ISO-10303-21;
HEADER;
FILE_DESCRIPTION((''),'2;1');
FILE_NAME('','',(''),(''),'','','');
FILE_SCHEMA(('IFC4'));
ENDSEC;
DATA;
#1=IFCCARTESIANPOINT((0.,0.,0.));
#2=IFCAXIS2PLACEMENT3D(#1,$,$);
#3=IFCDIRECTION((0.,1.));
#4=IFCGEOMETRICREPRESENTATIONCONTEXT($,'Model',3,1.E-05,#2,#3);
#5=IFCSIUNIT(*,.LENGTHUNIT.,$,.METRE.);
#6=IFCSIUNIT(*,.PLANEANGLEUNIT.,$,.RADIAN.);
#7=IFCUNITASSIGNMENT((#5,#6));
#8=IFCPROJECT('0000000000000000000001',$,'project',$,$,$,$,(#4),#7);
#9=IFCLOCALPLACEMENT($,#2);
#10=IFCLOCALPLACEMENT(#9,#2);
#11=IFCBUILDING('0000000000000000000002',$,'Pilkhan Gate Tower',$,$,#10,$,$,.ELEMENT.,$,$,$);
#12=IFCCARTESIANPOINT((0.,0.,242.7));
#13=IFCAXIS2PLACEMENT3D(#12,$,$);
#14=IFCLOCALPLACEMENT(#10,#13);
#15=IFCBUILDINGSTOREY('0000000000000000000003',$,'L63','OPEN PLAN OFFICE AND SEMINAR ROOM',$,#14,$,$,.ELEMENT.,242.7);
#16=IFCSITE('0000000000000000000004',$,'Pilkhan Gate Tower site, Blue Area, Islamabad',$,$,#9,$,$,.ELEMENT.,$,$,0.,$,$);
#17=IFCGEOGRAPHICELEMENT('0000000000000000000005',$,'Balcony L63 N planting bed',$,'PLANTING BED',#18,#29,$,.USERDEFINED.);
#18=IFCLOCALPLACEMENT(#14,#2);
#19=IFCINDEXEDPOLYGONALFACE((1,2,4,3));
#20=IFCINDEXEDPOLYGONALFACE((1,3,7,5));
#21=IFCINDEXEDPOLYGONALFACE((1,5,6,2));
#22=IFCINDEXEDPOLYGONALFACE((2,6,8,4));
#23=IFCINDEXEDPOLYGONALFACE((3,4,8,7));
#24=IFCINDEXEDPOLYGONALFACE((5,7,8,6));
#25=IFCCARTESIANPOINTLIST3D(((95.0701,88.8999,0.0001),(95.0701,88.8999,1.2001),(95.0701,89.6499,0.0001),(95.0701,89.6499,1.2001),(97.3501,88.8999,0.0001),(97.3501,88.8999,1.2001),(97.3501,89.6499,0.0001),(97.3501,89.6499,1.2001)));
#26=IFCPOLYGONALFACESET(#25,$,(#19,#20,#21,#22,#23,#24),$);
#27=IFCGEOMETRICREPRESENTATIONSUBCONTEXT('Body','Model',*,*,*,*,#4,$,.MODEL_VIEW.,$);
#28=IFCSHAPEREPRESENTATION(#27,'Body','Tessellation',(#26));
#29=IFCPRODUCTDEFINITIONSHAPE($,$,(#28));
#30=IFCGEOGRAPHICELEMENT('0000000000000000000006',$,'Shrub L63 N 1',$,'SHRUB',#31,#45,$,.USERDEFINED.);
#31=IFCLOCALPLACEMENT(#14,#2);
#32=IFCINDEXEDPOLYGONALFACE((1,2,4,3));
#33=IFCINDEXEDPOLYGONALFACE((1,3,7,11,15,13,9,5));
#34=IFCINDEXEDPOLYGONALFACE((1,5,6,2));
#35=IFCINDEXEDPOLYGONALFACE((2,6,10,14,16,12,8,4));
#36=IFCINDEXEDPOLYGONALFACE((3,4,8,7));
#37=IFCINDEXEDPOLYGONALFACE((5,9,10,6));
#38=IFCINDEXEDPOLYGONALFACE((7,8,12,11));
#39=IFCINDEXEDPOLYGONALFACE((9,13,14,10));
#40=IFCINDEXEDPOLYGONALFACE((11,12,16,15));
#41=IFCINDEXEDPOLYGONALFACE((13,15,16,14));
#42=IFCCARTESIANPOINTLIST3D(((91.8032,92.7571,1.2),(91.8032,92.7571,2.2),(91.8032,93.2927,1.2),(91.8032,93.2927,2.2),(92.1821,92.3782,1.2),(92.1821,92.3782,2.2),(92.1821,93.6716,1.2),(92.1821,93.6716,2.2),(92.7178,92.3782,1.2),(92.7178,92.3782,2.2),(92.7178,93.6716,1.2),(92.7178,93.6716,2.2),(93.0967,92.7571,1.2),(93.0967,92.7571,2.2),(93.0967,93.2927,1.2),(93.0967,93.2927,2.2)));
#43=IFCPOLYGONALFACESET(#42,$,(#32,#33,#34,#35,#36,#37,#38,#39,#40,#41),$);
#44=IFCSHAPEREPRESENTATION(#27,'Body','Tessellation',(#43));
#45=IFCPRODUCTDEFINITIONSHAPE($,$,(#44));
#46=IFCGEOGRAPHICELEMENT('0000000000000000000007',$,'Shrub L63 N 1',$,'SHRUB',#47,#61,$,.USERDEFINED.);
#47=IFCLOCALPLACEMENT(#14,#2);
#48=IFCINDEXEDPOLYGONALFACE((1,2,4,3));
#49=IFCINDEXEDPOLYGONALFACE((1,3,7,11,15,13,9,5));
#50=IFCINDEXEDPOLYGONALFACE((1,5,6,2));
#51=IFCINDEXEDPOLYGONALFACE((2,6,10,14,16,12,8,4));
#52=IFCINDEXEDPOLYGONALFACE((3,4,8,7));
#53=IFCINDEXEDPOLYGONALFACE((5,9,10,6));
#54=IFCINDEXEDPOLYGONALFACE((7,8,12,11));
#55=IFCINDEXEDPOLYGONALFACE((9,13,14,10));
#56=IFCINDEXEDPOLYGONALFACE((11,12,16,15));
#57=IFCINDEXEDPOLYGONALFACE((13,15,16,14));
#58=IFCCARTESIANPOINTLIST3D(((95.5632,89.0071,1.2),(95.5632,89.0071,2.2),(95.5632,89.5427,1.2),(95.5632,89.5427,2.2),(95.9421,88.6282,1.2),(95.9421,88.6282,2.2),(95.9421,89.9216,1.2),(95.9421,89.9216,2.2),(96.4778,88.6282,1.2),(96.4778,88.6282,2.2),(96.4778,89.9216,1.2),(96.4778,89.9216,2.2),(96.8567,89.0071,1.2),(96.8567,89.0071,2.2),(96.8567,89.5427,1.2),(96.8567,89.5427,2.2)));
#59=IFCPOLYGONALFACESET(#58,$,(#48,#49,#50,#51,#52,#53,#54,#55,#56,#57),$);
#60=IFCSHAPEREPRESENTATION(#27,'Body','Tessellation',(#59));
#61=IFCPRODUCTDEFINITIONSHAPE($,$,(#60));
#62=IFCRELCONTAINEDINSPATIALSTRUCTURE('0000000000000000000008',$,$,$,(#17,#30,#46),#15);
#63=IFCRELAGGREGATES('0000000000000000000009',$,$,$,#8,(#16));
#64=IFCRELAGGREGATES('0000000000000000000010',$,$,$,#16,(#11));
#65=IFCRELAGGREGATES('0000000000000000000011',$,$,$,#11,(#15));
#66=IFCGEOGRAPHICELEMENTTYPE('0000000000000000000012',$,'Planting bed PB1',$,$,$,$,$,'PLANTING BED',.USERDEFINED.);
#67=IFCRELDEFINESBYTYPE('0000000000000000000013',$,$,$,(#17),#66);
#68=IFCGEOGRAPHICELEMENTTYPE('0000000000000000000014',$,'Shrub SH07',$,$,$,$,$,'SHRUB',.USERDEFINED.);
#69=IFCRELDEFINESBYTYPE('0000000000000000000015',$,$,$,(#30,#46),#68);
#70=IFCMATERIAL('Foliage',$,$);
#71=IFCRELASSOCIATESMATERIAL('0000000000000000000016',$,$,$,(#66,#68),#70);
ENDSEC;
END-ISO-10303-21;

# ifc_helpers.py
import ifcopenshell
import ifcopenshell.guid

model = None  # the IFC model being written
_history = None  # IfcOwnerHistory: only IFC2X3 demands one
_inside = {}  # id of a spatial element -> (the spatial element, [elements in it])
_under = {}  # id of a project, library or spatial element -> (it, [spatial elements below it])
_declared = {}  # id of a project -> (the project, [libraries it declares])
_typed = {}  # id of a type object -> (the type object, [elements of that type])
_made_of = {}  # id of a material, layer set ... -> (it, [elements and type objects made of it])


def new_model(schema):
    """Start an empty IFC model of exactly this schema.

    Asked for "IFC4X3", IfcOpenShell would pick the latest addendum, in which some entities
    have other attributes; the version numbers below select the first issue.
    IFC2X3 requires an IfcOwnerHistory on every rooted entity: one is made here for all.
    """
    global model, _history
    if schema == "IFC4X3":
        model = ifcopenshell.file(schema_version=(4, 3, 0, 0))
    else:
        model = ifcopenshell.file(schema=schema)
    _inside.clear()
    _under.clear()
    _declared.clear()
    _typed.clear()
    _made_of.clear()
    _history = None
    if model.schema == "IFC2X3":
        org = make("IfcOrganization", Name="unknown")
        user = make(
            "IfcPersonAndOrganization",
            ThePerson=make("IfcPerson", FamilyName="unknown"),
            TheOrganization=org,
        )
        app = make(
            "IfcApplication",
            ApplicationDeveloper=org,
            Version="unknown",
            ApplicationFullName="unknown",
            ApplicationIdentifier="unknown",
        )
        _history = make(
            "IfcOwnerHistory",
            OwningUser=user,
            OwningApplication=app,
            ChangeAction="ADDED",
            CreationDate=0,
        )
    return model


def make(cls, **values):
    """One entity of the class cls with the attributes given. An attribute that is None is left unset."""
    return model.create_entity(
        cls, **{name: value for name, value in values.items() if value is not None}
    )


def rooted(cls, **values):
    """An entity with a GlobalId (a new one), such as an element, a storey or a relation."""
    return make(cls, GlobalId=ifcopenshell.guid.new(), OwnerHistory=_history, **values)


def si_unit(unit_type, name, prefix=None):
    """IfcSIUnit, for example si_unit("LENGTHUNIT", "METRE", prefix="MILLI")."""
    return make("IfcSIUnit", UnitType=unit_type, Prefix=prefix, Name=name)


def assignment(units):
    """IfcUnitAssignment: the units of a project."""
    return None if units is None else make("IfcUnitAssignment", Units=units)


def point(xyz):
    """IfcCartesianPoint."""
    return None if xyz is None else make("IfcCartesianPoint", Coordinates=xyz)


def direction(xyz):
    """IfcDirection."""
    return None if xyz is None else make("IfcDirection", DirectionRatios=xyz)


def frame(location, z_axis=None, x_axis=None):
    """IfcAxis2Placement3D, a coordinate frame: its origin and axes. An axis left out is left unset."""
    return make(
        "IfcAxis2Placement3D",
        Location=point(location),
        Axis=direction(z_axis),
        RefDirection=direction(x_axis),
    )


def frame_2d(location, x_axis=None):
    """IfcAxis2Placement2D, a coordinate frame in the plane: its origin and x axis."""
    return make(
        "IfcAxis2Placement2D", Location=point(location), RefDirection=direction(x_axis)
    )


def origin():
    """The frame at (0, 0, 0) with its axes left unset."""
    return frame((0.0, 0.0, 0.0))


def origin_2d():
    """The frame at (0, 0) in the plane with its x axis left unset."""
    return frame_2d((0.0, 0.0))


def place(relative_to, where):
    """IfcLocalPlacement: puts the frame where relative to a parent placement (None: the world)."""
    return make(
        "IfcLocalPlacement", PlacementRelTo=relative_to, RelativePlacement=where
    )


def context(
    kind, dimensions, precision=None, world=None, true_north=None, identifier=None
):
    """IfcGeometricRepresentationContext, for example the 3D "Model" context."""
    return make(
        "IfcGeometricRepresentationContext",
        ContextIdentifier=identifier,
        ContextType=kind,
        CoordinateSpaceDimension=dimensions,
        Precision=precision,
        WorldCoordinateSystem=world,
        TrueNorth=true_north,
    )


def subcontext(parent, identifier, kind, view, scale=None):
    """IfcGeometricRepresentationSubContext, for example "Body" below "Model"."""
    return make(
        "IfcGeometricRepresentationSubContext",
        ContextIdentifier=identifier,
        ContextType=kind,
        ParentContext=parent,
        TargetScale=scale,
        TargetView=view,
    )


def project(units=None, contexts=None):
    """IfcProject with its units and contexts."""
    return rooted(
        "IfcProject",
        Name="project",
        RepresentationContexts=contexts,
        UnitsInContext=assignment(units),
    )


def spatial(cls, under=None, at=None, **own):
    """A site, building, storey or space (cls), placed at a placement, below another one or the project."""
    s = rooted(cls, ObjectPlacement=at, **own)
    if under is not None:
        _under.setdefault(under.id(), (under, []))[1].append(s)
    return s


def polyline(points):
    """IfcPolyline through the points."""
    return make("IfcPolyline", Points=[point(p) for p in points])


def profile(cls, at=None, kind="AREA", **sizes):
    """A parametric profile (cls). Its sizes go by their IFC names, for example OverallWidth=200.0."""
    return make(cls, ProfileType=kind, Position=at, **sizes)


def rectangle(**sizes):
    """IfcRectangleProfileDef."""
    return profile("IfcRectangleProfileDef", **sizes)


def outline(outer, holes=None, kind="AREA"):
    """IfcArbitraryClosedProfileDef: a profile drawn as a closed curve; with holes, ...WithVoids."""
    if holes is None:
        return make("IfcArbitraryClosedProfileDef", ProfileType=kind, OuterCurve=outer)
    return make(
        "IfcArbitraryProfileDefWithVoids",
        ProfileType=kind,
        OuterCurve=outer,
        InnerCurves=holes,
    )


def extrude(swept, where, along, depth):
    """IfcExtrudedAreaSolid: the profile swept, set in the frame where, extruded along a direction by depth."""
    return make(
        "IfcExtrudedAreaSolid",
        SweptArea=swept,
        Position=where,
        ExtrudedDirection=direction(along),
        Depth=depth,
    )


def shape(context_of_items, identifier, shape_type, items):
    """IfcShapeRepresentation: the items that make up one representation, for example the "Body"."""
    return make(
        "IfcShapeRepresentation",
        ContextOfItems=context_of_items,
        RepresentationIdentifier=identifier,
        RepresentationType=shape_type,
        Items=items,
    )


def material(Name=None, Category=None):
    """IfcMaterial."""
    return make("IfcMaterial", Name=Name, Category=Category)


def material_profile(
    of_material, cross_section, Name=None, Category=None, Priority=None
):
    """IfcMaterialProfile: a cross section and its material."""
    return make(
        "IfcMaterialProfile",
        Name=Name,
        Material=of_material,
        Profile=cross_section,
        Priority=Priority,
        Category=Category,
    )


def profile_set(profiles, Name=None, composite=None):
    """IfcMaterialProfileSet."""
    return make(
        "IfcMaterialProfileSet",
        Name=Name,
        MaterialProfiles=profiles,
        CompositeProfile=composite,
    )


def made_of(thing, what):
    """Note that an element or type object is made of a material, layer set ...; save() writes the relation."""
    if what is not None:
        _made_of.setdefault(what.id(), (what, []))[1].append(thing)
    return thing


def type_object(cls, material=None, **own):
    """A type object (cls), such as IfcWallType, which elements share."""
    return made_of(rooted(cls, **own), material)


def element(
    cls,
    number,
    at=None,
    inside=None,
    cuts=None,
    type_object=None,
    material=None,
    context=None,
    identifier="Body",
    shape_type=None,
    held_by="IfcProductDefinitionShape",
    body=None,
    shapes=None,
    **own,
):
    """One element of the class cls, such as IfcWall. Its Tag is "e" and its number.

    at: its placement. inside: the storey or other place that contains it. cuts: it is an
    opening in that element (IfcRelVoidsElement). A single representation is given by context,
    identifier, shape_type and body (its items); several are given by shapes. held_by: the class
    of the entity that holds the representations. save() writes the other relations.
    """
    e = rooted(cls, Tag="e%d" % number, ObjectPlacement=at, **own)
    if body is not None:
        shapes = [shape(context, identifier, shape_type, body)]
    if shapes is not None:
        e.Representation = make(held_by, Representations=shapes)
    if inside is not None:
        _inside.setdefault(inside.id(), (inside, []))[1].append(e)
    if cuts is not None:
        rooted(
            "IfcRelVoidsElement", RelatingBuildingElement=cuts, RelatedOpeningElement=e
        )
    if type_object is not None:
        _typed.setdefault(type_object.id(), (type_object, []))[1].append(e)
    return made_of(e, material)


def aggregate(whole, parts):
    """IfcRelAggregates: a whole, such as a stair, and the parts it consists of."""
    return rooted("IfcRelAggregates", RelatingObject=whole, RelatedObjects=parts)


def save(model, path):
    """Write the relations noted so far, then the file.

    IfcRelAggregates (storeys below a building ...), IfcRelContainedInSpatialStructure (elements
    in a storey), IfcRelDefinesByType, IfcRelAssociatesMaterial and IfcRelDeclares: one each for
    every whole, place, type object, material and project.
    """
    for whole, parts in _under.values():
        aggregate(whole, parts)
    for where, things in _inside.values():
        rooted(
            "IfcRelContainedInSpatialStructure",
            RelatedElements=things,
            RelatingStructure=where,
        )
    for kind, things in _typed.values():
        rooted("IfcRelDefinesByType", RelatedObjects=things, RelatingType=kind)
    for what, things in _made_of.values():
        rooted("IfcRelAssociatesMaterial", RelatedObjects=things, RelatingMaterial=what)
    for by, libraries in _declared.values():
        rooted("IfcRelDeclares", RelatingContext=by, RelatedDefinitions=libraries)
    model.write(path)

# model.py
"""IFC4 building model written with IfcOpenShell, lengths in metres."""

from ifc_helpers import new_model, si_unit, direction, frame, origin, origin_2d, place, context, subcontext, project, spatial, polyline, rectangle, outline, extrude, material, material_profile, profile_set, type_object, element, save


model = new_model("IFC4")

# Units and contexts
model_context = context("Model", 3, precision=1e-05, world=origin(), true_north=direction((0.0, 1.0)))
body_context = subcontext(model_context, "Body", "Model", "MODEL_VIEW")
ifc_project = project(units=[si_unit("LENGTHUNIT", "METRE"), si_unit("PLANEANGLEUNIT", "RADIAN")], contexts=[model_context])

# Site, building, storey
site_placement = place(None, origin())
site = spatial("IfcSite", under=ifc_project, at=site_placement, Name="Pilkhan Gate Tower site, Blue Area, Islamabad", CompositionType="ELEMENT", RefElevation=0.0)
building_placement = place(site_placement, origin())
building = spatial("IfcBuilding", under=site, at=building_placement, Name="Pilkhan Gate Tower", CompositionType="ELEMENT")
storey_placement = place(building_placement, frame((0.0, 0.0, 242.7)))
storey = spatial("IfcBuildingStorey", under=building, at=storey_placement, Name="L63", Description="OPEN PLAN OFFICE AND SEMINAR ROOM", CompositionType="ELEMENT", Elevation=242.7)

# Geographic elements
ifc_material_1 = material(Name="Foliage")
ifc_material_profile_1 = material_profile(ifc_material_1, rectangle(XDim=0.75, YDim=1.2, at=origin_2d()), Name="Bed 750x1200")
ifc_profile_set_1 = profile_set([ifc_material_profile_1], Name="Foliage")
geographic_element_type_1 = type_object("IfcGeographicElementType", Name="Planting bed PB1", ElementType="PLANTING BED", PredefinedType="USERDEFINED", material=ifc_profile_set_1)
geographic_element_placement = place(storey_placement, frame((95.0701, 89.2749, 0.6001), z_axis=(1.0, 0.0, 0.0), x_axis=(0.0, 1.0, 0.0)))
element("IfcGeographicElement", 1, at=geographic_element_placement, inside=storey, type_object=geographic_element_type_1, Name="Balcony L63 N planting bed", ObjectType="PLANTING BED", PredefinedType="USERDEFINED", context=body_context, shape_type="SweptSolid", body=[
    extrude(rectangle(XDim=0.75, YDim=1.2, at=origin_2d()), origin(), (0.0, 0.0, 1.0), 2.28),
])
ifc_material_profile_2 = material_profile(ifc_material_1, outline(polyline([(0.6467, 0.2678), (0.2678, 0.6467), (-0.2678, 0.6467), (-0.6467, 0.2678), (-0.6467, -0.2678), (-0.2678, -0.6467), (0.2678, -0.6467), (0.6467, -0.2678), (0.6467, 0.2678)])), Name="Shrub D1.4")
ifc_profile_set_2 = profile_set([ifc_material_profile_2], Name="Foliage")
geographic_element_type_2 = type_object("IfcGeographicElementType", Name="Shrub SH07", ElementType="SHRUB", PredefinedType="USERDEFINED", material=ifc_profile_set_2)
for number, where, z_axis, x_axis, name in (
    (2, (92.45, 93.0249, 1.2), (0.0, 0.0, 1.0), (1.0, 0.0, 0.0), "Shrub L63 N 1"),
    (3, (96.21, 89.2749, 1.2), (0.0, 0.0, 1.0), (1.0, 0.0, 0.0), "Shrub L63 N 1"),
):
    element("IfcGeographicElement", number, at=place(storey_placement, frame(where, z_axis=z_axis, x_axis=x_axis)), inside=storey, type_object=geographic_element_type_2, Name=name, ObjectType="SHRUB", PredefinedType="USERDEFINED", context=body_context, shape_type="SweptSolid", body=[
        extrude(outline(polyline([(0.6467, 0.2678), (0.2678, 0.6467), (-0.2678, 0.6467), (-0.6467, 0.2678), (-0.6467, -0.2678), (-0.2678, -0.6467), (0.2678, -0.6467), (0.6467, -0.2678), (0.6467, 0.2678)])), origin(), (0.0, 0.0, 1.0), 1.0),
    ])

save(model, "model.ifc")
